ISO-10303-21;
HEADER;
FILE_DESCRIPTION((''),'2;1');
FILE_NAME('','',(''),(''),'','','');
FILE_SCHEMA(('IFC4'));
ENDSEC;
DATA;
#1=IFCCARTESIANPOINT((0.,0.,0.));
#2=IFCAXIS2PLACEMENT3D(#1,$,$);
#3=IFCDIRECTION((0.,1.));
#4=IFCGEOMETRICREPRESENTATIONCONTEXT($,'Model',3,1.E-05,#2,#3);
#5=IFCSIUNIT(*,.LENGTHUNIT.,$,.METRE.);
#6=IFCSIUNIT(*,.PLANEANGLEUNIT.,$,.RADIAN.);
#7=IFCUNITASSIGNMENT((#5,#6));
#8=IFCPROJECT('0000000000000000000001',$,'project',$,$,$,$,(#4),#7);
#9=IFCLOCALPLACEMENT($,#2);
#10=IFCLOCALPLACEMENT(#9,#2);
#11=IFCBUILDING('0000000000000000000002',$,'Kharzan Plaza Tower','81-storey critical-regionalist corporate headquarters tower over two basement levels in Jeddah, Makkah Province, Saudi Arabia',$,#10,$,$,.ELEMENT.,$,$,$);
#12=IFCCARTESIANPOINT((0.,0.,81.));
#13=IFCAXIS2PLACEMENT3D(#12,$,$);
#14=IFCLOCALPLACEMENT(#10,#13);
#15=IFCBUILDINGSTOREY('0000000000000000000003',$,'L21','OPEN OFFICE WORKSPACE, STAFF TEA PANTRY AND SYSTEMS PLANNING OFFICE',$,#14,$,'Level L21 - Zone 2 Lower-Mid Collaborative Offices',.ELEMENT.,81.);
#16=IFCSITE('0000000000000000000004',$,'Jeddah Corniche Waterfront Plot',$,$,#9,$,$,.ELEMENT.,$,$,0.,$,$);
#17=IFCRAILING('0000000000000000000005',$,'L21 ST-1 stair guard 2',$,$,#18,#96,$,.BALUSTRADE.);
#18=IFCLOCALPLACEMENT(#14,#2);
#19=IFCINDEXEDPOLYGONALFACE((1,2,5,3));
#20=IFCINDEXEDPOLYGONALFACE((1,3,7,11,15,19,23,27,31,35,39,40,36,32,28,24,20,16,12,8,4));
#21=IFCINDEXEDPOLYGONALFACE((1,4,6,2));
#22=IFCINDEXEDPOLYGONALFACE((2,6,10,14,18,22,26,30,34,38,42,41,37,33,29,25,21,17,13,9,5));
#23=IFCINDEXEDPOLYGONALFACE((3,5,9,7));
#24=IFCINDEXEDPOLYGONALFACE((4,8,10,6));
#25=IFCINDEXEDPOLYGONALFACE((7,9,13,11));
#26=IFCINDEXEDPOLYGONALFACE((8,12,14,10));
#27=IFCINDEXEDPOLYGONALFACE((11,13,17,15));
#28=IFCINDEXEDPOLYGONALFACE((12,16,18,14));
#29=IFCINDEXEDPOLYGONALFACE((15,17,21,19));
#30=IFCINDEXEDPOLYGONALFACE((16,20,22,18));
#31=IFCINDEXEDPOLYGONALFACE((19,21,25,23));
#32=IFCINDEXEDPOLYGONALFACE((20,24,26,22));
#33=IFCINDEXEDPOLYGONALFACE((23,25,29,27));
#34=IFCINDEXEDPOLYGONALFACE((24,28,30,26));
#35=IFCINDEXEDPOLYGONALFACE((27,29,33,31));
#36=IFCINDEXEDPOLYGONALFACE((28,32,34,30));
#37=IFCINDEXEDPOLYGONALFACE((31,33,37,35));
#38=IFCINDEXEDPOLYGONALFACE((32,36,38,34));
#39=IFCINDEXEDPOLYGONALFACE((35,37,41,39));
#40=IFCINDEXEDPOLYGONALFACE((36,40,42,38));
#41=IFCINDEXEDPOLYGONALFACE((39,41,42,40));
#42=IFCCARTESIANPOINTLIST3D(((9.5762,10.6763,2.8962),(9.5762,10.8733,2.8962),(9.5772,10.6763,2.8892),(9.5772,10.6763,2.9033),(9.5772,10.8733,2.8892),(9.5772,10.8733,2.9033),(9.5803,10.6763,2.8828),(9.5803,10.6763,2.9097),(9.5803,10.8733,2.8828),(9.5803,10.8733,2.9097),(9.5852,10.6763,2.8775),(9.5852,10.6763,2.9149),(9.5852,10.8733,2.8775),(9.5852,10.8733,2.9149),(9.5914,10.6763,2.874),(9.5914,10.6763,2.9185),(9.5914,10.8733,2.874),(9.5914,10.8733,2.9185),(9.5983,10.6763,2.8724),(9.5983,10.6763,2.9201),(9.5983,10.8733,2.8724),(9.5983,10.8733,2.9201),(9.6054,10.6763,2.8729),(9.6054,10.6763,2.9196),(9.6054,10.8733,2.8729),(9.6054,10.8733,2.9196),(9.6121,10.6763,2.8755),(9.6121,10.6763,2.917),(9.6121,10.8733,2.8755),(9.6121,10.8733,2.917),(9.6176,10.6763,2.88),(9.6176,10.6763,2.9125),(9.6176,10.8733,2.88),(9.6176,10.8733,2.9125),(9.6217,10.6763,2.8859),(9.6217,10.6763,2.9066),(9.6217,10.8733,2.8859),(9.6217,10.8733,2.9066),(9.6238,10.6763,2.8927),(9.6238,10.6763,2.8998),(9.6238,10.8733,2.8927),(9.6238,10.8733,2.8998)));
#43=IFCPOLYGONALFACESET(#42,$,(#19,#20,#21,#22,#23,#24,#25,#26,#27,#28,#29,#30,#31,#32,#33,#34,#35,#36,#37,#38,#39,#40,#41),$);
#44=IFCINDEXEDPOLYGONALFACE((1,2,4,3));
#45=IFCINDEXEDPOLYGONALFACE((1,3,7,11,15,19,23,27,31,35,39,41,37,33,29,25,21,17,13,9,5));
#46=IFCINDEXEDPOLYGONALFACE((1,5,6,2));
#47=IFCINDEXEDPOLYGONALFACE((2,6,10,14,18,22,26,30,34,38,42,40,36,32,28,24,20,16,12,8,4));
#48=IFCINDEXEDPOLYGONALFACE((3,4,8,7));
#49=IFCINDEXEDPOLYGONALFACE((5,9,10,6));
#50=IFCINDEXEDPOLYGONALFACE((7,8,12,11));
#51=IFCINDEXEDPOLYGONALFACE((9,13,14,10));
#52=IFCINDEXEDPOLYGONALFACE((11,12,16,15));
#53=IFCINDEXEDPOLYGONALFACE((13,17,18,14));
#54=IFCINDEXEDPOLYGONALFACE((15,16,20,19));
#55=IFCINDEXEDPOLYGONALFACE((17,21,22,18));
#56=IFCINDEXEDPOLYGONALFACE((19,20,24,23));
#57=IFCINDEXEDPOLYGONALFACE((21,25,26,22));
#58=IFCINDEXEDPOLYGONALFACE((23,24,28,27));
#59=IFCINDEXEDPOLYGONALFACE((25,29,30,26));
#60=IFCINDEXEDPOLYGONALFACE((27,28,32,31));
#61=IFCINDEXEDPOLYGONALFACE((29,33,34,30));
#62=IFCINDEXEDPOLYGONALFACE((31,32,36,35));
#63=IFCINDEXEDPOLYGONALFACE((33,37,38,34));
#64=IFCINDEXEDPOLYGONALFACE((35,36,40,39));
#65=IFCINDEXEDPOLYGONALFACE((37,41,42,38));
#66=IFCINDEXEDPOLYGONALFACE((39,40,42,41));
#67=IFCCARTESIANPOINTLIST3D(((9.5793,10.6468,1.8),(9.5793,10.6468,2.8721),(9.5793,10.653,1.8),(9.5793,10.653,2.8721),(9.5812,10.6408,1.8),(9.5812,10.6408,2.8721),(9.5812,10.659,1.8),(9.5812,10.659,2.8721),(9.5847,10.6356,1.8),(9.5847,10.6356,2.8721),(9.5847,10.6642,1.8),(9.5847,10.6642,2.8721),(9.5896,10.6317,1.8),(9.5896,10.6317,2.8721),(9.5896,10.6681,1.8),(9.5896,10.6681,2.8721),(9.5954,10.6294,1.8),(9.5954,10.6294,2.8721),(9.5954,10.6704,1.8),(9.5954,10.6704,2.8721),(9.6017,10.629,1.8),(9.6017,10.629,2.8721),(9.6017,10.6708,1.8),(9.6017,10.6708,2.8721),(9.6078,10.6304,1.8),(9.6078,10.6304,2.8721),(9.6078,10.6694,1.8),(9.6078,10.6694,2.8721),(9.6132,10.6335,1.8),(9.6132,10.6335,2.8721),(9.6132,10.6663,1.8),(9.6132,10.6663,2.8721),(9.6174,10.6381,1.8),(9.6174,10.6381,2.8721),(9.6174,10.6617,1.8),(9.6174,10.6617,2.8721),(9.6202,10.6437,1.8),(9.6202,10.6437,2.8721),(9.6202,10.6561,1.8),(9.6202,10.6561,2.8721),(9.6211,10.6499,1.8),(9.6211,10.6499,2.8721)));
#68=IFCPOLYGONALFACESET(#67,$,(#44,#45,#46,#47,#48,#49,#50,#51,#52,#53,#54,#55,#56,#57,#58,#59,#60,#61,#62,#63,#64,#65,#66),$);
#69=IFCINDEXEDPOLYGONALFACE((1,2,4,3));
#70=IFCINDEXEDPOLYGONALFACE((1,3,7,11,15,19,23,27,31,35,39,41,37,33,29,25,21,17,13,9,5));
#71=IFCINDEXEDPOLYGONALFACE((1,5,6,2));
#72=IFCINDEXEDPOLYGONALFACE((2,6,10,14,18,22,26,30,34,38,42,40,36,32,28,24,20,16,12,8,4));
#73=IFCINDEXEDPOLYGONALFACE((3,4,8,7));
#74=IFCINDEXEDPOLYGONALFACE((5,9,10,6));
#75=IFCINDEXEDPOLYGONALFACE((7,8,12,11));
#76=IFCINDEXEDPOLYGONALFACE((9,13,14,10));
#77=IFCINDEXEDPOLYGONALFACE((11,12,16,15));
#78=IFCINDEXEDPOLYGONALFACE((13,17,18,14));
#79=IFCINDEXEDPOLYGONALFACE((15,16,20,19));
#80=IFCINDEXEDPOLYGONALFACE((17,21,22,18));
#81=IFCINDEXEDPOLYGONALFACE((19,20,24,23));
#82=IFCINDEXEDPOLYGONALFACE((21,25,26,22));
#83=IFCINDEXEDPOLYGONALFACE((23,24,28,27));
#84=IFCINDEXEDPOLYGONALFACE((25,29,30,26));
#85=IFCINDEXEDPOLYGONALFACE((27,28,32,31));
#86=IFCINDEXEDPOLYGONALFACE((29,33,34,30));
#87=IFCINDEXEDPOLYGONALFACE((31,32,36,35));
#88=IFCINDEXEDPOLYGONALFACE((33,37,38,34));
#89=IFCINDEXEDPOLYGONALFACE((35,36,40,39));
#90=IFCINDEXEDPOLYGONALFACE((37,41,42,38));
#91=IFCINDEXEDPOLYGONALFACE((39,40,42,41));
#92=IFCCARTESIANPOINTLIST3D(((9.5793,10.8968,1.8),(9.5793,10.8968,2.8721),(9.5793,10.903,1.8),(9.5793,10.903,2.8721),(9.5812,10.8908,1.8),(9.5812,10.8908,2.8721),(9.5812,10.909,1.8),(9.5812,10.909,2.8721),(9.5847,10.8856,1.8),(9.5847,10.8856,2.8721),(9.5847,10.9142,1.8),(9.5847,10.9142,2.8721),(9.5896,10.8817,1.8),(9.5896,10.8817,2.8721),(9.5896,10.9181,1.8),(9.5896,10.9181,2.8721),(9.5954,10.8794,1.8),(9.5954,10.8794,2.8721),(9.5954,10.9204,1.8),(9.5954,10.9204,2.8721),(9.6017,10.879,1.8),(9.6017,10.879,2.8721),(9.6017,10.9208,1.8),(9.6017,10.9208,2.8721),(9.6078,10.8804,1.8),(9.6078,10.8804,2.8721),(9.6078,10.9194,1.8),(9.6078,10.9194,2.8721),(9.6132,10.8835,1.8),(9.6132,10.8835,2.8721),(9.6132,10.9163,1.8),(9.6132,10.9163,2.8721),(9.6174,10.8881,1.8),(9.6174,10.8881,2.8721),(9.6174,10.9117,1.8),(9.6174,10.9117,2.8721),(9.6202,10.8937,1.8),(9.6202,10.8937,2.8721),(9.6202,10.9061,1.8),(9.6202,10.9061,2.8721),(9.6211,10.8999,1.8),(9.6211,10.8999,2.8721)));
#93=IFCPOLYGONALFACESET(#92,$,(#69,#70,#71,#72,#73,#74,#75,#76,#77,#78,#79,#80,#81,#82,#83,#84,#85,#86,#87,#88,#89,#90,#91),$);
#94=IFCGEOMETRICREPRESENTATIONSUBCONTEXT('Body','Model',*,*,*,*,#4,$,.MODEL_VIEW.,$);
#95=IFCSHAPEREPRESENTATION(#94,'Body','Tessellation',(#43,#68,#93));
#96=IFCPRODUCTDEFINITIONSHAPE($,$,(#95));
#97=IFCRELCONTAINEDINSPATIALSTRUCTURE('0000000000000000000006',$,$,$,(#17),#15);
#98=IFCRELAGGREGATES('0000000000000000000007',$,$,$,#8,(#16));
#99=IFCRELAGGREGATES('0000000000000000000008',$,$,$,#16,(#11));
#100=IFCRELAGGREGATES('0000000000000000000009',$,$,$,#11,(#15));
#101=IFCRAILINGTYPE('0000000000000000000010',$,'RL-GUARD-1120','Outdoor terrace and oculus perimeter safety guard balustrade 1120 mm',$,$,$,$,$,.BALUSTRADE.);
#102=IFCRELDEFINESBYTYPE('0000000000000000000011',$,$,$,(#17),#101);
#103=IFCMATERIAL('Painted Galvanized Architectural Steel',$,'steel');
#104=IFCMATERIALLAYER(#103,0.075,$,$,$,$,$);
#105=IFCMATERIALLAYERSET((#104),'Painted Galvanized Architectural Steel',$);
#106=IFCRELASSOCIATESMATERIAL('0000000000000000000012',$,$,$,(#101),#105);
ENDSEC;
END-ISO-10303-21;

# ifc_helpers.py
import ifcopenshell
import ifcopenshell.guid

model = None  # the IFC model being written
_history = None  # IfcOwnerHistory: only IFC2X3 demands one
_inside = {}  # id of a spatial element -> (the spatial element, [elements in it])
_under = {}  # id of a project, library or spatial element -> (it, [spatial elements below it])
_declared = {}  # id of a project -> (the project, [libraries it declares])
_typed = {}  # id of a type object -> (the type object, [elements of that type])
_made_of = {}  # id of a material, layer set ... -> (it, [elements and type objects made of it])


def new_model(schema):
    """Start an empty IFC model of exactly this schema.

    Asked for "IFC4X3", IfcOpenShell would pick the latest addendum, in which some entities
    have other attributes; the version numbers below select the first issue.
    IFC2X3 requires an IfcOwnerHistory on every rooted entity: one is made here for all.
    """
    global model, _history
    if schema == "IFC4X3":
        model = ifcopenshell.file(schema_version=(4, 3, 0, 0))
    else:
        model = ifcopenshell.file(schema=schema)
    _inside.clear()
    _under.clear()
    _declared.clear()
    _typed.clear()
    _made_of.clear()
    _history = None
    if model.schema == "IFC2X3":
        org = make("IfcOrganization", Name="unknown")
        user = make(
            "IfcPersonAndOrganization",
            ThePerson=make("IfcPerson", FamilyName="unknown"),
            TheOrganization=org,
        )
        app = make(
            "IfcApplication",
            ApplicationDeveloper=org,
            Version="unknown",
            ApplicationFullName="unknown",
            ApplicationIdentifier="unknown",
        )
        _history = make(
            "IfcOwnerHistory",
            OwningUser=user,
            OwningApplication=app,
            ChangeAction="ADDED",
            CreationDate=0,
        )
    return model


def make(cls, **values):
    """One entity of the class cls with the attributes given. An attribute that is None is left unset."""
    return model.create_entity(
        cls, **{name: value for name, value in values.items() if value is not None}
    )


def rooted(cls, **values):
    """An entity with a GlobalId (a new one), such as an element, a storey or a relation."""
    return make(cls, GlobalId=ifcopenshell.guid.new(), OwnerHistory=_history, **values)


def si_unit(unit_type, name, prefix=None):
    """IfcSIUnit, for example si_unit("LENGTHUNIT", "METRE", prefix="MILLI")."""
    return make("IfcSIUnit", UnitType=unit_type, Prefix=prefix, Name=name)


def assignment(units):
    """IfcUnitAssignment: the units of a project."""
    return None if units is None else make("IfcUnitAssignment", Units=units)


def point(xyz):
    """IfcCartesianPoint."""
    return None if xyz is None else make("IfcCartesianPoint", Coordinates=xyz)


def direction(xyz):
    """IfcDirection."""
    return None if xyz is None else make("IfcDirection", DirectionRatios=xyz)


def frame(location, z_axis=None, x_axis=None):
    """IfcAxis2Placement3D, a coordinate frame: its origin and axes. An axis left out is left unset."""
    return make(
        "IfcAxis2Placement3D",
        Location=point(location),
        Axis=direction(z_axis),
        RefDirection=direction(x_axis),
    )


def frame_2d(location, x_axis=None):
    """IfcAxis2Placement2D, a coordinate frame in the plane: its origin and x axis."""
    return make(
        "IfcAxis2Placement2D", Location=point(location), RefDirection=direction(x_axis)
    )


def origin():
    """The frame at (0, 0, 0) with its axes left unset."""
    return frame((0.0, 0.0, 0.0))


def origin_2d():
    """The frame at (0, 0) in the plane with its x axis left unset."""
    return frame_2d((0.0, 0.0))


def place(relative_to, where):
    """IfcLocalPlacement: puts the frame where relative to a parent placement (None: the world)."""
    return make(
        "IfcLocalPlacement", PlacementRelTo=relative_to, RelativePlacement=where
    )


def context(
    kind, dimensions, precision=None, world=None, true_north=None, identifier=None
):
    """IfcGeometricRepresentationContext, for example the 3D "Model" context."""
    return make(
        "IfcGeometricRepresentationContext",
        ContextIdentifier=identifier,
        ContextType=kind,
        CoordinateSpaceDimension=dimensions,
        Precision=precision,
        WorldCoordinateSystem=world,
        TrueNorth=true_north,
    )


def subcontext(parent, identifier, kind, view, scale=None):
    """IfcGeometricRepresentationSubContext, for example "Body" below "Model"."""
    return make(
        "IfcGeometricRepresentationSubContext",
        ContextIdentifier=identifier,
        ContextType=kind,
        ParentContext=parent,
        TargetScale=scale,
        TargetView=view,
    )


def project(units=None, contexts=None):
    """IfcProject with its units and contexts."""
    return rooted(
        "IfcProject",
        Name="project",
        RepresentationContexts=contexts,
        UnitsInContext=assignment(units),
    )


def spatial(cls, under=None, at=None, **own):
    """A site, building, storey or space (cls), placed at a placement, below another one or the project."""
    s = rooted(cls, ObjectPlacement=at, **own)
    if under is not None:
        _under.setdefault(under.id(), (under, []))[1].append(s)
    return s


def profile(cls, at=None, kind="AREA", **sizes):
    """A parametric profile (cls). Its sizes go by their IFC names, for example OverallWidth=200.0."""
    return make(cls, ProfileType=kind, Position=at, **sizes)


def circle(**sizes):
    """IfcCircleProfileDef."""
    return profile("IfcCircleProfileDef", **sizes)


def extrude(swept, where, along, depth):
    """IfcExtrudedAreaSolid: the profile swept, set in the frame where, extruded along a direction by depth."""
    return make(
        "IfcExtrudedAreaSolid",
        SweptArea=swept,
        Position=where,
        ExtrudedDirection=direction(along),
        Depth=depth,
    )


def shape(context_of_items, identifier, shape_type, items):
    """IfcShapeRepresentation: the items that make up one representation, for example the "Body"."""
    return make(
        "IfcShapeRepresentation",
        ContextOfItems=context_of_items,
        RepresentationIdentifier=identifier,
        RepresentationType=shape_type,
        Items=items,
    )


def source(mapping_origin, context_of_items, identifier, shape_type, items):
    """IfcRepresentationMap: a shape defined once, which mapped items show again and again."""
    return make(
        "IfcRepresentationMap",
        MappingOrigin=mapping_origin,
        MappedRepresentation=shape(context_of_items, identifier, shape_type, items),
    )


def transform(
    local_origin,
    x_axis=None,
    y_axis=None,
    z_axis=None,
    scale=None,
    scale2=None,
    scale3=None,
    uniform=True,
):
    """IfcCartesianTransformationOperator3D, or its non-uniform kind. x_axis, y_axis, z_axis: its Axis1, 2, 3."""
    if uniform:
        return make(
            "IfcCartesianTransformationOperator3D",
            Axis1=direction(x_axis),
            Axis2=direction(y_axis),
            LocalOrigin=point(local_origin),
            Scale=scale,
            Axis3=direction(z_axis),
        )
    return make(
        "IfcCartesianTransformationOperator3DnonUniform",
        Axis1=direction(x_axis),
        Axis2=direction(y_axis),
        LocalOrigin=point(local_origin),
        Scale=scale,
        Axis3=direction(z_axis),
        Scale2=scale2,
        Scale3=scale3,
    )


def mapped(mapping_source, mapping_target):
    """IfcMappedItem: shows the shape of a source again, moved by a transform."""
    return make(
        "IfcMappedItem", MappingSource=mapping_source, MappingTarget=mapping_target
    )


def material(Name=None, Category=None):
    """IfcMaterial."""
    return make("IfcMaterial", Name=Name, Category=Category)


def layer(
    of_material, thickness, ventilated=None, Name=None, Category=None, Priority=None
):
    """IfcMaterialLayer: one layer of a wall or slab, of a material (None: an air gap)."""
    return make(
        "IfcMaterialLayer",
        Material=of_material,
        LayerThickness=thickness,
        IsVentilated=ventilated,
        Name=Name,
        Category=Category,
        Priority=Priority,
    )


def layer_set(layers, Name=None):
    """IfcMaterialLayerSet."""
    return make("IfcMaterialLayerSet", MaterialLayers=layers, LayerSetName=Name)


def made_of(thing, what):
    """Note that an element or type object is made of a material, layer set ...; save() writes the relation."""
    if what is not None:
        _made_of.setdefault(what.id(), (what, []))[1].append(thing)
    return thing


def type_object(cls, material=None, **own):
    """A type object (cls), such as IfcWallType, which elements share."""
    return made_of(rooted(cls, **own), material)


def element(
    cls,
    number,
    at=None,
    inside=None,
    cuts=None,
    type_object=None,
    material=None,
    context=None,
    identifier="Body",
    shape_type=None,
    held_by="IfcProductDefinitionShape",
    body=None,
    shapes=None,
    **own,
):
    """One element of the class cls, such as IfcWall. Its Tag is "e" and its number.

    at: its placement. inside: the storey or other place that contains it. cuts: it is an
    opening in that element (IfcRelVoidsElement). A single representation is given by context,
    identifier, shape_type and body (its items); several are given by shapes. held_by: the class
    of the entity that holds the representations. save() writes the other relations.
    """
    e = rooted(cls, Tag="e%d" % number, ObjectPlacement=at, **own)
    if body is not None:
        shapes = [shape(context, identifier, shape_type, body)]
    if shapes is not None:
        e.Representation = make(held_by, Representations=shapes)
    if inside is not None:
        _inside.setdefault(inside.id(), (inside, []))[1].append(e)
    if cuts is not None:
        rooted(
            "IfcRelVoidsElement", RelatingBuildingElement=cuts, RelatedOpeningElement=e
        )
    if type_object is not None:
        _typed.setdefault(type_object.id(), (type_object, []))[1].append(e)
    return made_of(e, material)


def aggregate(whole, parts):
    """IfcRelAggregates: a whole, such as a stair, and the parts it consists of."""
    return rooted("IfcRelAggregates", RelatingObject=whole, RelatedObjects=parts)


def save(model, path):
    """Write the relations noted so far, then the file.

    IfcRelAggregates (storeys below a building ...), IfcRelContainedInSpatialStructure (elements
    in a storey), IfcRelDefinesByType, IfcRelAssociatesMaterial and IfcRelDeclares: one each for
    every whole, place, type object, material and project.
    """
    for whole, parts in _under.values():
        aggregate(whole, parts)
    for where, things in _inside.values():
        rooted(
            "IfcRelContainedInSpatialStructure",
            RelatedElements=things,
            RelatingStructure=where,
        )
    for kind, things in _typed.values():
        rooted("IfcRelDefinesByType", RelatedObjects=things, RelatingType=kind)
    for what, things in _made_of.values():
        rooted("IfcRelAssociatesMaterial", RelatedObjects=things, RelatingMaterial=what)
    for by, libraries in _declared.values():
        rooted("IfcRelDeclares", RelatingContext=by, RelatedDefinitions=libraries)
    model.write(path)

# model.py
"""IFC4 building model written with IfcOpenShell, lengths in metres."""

from ifc_helpers import new_model, si_unit, direction, frame, origin, origin_2d, place, context, subcontext, project, spatial, circle, extrude, source, transform, mapped, material, layer, layer_set, type_object, element, save


model = new_model("IFC4")

# Units and contexts
model_context = context("Model", 3, precision=1e-05, world=origin(), true_north=direction((0.0, 1.0)))
body_context = subcontext(model_context, "Body", "Model", "MODEL_VIEW")
ifc_project = project(units=[si_unit("LENGTHUNIT", "METRE"), si_unit("PLANEANGLEUNIT", "RADIAN")], contexts=[model_context])

# Site, building, storey
site_placement = place(None, origin())
site = spatial("IfcSite", under=ifc_project, at=site_placement, Name="Jeddah Corniche Waterfront Plot", CompositionType="ELEMENT", RefElevation=0.0)
building_placement = place(site_placement, origin())
building = spatial("IfcBuilding", under=site, at=building_placement, Name="Kharzan Plaza Tower", Description="81-storey critical-regionalist corporate headquarters tower over two basement levels in Jeddah, Makkah Province, Saudi Arabia", CompositionType="ELEMENT")
storey_placement = place(building_placement, frame((0.0, 0.0, 81.0)))
storey = spatial("IfcBuildingStorey", under=building, at=storey_placement, Name="L21", Description="OPEN OFFICE WORKSPACE, STAFF TEA PANTRY AND SYSTEMS PLANNING OFFICE", LongName="Level L21 - Zone 2 Lower-Mid Collaborative Offices", CompositionType="ELEMENT", Elevation=81.0)

# Railing
ifc_material_1 = material(Name="Painted Galvanized Architectural Steel", Category="steel")
ifc_layer_1 = layer(ifc_material_1, 0.075)
ifc_layer_set_1 = layer_set([ifc_layer_1], Name="Painted Galvanized Architectural Steel")
railing_type_1 = type_object("IfcRailingType", Name="RL-GUARD-1120", Description="Outdoor terrace and oculus perimeter safety guard balustrade 1120 mm", PredefinedType="BALUSTRADE", material=ifc_layer_set_1)
shared_shape_1 = source(origin(), body_context, "Body", "SweptSolid", [
    extrude(circle(Radius=0.0239, at=origin_2d()), frame((0.0, 0.0264, 1.0962), z_axis=(0.0, 1.0, 0.0), x_axis=(-1.0, 0.0, 0.0)), (0.0, 0.0, 1.0), 0.197),
    extrude(circle(Radius=0.021, at=origin_2d()), origin(), (0.0, 0.0, 1.0), 1.072),
    extrude(circle(Radius=0.021, at=origin_2d()), frame((0.0, 0.25, 0.0)), (0.0, 0.0, 1.0), 1.072),
])
railing_1_placement = place(storey_placement, frame((9.6001, 10.6499, 1.8)))
element("IfcRailing", 1, at=railing_1_placement, inside=storey, type_object=railing_type_1, Name="L21 ST-1 stair guard 2", PredefinedType="BALUSTRADE", context=body_context, shape_type="MappedRepresentation", body=[
    mapped(shared_shape_1, transform((0.0, 0.0, 0.0), x_axis=(1.0, 0.0, 0.0), y_axis=(0.0, 1.0, 0.0), z_axis=(0.0, 0.0, 1.0))),
])

save(model, "model.ifc")
